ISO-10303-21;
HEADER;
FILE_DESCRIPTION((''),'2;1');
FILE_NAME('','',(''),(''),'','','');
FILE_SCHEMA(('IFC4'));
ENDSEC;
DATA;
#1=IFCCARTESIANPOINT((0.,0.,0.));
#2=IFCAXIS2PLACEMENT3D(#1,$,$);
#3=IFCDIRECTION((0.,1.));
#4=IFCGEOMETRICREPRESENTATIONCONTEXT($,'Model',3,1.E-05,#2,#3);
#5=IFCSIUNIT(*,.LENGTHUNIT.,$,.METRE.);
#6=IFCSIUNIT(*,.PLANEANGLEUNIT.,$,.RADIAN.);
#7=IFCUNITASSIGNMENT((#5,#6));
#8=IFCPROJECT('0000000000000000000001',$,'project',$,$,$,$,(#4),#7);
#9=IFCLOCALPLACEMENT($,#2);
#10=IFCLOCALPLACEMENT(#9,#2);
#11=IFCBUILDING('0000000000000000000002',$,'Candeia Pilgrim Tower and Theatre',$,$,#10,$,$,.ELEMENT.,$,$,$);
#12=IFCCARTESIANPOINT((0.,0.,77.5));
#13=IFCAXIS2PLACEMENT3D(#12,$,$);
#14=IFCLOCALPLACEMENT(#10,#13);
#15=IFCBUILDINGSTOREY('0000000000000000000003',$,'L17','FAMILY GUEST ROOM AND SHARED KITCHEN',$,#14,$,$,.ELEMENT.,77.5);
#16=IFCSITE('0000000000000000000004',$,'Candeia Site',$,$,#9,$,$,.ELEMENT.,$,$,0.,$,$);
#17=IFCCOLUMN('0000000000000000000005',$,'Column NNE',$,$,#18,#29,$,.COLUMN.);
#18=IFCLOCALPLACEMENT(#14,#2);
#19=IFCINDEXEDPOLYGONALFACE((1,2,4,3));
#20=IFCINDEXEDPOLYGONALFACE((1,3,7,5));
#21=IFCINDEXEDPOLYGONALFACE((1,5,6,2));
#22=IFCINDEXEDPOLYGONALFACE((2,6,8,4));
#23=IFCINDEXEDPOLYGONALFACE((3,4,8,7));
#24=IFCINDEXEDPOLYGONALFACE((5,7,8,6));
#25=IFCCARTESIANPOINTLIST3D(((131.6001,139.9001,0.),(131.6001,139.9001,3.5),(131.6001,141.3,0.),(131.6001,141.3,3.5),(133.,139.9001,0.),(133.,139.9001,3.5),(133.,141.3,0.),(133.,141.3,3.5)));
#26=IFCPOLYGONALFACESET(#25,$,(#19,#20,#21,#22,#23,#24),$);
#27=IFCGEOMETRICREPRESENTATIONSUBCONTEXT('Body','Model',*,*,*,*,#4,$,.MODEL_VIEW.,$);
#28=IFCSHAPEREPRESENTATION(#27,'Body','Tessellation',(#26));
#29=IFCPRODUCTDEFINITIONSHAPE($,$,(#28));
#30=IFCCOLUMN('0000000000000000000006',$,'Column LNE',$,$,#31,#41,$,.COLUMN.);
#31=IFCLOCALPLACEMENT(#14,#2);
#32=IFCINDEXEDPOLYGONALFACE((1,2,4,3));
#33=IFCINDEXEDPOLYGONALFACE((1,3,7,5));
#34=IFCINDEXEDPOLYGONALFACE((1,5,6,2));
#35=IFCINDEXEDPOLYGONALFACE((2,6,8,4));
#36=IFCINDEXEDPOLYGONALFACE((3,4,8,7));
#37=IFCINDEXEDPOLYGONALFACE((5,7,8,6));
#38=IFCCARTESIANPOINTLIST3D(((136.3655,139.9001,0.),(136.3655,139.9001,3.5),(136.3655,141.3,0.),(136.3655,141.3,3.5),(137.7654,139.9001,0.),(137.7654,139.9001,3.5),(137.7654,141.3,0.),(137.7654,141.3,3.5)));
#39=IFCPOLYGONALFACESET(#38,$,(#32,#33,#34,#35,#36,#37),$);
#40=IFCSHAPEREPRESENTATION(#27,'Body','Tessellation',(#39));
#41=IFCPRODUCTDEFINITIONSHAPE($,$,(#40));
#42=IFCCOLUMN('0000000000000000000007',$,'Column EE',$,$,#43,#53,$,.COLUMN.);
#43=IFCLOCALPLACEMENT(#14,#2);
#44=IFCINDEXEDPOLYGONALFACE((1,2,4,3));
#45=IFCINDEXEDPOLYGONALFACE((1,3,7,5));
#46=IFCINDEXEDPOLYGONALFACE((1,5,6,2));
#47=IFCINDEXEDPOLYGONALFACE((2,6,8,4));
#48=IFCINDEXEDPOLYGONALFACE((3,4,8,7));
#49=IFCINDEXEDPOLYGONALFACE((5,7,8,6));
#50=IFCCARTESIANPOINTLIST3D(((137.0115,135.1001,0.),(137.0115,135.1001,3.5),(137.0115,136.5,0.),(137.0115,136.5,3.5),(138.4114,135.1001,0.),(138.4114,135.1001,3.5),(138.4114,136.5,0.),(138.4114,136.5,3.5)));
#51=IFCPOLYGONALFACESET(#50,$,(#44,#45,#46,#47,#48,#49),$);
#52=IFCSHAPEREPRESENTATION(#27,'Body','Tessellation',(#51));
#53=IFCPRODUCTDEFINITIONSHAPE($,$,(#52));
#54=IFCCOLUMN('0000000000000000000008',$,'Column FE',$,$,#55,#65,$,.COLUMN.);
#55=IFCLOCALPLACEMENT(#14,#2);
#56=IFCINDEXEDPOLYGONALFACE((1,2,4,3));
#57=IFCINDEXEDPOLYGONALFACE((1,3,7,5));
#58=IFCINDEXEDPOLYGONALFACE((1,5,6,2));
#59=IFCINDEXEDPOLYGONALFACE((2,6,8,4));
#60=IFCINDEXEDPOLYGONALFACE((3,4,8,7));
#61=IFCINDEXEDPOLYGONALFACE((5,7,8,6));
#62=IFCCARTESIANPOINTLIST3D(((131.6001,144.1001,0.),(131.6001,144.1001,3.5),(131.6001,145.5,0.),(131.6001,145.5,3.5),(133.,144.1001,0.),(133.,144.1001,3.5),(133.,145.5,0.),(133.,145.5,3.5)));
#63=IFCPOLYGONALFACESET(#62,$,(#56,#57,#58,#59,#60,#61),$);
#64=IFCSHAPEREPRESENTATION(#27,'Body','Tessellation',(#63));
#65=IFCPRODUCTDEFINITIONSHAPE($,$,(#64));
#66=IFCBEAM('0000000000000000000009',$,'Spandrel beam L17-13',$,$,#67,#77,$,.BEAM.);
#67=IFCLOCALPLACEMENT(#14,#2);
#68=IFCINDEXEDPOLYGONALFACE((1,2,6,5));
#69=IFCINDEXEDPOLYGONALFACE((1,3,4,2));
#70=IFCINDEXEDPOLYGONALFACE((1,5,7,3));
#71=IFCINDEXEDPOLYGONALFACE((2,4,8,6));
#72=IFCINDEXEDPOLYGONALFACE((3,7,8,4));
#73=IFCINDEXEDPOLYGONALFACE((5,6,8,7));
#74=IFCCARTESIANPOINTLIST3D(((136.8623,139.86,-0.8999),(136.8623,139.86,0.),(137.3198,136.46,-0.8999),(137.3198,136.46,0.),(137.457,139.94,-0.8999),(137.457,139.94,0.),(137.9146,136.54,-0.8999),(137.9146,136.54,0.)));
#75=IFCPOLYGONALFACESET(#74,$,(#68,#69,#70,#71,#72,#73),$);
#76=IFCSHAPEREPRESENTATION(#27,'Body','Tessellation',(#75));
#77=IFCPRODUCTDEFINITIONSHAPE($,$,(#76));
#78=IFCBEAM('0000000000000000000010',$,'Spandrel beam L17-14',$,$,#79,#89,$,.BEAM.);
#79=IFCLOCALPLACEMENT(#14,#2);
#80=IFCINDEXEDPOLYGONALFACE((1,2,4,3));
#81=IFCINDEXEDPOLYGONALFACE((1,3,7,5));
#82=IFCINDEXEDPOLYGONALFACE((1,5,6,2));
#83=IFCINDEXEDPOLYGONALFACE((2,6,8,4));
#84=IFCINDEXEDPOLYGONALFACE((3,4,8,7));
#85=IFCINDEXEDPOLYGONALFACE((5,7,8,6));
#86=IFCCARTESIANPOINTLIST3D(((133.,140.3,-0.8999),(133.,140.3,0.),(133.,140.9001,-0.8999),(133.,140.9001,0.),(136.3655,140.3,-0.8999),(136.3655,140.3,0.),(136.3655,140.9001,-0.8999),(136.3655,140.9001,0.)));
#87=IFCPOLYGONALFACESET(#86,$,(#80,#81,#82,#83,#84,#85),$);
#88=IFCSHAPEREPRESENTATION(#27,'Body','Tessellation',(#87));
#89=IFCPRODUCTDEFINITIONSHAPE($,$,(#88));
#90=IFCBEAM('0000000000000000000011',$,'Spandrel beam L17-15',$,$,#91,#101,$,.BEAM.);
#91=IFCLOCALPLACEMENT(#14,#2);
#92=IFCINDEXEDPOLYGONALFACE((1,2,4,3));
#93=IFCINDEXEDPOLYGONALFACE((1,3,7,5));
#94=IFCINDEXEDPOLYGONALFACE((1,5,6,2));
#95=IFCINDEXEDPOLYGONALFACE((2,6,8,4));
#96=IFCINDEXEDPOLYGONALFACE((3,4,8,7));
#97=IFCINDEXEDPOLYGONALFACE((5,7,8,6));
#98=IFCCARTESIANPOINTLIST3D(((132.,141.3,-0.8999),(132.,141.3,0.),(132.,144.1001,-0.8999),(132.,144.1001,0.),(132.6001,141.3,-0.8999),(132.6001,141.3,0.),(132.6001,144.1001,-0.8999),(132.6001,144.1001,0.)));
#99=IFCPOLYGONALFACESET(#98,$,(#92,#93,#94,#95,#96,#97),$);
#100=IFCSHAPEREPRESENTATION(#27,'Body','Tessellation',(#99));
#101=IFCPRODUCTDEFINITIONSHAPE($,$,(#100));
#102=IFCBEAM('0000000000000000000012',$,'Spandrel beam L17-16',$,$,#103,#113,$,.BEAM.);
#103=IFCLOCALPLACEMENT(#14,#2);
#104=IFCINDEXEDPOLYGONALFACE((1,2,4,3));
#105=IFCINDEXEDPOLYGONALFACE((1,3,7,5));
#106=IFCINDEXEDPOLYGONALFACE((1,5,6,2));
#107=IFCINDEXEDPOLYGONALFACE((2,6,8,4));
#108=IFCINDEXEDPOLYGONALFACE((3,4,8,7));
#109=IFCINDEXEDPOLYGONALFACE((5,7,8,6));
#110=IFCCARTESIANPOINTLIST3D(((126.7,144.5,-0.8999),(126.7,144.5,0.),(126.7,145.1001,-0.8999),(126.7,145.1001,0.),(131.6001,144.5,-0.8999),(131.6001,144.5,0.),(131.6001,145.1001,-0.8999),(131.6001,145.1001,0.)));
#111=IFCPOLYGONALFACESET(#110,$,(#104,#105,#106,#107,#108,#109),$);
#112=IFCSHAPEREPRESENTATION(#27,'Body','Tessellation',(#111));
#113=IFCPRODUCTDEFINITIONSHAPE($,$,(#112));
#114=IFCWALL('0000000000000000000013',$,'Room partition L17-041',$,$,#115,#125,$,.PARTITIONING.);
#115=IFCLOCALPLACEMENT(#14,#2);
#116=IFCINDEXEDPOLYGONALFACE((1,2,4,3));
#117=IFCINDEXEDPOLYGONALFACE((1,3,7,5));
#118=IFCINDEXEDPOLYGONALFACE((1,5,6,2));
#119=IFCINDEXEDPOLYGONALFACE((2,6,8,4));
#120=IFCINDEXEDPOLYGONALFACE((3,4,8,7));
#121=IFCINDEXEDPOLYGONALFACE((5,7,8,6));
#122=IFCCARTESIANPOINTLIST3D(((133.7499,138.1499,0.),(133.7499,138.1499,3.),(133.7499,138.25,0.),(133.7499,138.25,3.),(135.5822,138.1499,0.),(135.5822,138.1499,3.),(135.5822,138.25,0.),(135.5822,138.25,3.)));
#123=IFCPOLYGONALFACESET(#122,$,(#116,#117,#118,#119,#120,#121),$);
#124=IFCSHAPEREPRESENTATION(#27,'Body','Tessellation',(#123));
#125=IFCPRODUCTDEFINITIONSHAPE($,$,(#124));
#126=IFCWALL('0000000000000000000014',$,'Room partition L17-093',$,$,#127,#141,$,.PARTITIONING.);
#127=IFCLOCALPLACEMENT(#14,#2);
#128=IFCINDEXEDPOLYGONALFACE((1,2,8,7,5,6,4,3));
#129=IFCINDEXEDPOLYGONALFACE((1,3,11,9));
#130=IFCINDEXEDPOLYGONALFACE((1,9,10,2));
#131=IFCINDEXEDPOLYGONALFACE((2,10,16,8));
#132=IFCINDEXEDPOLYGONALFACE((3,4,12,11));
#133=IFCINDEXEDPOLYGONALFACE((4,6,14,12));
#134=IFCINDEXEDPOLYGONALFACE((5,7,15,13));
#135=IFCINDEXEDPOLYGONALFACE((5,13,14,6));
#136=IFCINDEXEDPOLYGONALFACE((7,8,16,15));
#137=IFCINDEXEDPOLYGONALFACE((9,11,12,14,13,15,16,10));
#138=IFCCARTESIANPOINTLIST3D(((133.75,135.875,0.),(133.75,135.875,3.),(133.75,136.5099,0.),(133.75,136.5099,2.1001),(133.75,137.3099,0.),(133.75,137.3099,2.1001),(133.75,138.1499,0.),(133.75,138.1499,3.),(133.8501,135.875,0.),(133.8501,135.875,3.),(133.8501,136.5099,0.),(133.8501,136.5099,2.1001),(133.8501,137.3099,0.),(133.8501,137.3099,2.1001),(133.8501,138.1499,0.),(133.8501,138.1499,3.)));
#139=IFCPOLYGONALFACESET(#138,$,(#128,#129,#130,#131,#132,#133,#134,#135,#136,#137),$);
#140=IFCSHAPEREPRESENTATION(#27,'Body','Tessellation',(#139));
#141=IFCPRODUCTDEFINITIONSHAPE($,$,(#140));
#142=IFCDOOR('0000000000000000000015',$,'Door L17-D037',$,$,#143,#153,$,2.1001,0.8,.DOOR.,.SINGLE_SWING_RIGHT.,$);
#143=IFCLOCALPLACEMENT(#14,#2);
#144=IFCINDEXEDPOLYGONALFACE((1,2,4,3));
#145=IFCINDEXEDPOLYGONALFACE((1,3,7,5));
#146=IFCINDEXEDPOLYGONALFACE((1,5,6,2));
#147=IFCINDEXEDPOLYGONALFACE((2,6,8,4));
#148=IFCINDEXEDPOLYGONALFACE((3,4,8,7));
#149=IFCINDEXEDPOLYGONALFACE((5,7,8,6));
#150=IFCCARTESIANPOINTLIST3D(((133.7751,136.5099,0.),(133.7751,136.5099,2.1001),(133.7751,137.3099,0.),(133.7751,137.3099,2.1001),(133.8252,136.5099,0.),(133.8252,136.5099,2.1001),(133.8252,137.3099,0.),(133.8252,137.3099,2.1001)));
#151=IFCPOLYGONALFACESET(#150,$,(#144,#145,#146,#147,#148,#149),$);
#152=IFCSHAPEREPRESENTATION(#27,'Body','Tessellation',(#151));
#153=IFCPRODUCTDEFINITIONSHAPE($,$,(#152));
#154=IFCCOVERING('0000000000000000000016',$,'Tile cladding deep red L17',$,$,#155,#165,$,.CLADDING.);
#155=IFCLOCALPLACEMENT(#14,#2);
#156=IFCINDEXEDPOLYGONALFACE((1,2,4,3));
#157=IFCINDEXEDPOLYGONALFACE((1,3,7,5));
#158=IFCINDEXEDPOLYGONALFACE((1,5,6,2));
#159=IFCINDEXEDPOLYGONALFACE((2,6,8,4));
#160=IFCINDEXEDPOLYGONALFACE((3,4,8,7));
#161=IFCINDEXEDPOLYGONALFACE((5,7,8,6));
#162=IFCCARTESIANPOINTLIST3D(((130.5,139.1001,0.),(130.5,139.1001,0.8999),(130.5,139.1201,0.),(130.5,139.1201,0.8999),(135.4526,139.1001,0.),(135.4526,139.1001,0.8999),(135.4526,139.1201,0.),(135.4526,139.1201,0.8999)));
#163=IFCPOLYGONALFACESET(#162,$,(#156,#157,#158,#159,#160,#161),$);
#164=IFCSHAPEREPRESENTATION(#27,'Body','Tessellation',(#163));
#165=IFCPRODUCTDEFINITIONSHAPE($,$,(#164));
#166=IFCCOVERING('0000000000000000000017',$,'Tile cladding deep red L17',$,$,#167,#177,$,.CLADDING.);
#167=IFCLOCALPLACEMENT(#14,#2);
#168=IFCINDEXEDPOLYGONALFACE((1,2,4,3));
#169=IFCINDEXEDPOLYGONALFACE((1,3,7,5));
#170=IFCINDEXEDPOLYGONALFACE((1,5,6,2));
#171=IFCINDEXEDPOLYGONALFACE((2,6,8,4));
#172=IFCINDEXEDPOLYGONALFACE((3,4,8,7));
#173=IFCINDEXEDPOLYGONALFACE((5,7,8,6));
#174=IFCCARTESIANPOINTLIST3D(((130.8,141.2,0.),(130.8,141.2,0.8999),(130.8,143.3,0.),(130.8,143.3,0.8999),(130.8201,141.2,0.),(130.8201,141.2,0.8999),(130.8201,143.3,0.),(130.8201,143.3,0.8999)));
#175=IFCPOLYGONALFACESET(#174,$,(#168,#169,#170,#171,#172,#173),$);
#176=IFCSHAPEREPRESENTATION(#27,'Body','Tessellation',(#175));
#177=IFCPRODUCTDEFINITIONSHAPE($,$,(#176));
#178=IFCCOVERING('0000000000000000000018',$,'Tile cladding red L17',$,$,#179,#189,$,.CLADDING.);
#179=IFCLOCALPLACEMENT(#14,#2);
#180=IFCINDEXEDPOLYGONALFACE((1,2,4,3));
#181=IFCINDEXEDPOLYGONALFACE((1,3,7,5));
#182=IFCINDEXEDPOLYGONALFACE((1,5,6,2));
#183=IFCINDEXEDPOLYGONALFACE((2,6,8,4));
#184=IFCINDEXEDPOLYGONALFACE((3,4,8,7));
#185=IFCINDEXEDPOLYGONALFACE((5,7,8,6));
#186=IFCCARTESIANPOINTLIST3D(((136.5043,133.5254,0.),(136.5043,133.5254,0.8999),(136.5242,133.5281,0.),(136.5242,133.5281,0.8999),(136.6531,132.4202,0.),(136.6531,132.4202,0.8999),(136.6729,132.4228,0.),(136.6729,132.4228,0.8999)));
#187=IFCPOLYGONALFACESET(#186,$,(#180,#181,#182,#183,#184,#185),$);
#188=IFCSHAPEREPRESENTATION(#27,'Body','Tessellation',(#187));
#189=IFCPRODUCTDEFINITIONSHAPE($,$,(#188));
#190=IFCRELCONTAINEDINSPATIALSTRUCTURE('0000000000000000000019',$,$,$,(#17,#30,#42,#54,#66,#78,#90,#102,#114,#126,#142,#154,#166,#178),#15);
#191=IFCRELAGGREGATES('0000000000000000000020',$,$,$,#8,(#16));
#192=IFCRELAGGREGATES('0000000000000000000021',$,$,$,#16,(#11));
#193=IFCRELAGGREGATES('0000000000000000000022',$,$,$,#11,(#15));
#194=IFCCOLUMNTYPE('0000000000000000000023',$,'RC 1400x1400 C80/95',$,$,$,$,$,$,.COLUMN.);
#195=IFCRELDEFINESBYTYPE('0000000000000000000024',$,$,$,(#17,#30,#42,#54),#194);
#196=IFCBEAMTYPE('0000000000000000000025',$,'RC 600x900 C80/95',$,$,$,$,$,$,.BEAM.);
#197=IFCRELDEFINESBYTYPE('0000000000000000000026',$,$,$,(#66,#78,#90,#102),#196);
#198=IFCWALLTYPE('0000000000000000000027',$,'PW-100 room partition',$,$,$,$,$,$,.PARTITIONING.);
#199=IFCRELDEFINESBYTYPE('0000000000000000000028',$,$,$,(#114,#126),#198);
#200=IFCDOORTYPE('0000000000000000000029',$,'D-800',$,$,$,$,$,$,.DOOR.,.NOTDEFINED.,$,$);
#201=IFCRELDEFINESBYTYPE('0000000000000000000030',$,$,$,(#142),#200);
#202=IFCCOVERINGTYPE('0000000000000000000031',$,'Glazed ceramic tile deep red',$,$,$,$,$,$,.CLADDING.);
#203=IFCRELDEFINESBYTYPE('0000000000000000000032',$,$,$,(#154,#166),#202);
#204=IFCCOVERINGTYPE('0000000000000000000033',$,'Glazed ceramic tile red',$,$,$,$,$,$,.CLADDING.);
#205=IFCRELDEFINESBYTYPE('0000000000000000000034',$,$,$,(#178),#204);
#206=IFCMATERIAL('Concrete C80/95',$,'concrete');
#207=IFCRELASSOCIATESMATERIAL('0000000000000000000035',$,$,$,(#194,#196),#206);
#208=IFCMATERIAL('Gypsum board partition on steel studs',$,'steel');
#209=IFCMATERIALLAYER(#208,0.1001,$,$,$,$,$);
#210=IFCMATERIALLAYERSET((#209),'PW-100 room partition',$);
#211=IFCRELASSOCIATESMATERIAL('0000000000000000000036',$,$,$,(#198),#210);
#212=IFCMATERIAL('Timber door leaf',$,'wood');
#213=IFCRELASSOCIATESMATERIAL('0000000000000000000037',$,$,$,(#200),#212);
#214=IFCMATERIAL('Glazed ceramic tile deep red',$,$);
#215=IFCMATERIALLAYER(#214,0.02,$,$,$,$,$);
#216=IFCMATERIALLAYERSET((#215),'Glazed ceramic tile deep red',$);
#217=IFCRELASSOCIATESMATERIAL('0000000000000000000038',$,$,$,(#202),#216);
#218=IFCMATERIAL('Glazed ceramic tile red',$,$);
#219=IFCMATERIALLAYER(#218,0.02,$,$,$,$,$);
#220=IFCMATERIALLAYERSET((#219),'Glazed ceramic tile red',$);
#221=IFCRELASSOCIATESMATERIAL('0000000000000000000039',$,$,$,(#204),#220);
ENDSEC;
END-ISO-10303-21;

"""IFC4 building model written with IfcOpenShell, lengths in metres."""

from ifc_helpers import new_model, si_unit, direction, frame, frame_2d, origin, origin_2d, place, context, subcontext, project, spatial, rectangle, extrude, material, layer, layer_set, material_profile, profile_set, type_object, element, fill, save


model = new_model("IFC4")

# Units and contexts
model_context = context("Model", 3, precision=1e-05, world=origin(), true_north=direction((0.0, 1.0)))
body_context = subcontext(model_context, "Body", "Model", "MODEL_VIEW")
ifc_project = project(units=[si_unit("LENGTHUNIT", "METRE"), si_unit("PLANEANGLEUNIT", "RADIAN")], contexts=[model_context])

# Site, building, storey
site_placement = place(None, origin())
site = spatial("IfcSite", under=ifc_project, at=site_placement, Name="Candeia Site", CompositionType="ELEMENT", RefElevation=0.0)
building_placement = place(site_placement, origin())
building = spatial("IfcBuilding", under=site, at=building_placement, Name="Candeia Pilgrim Tower and Theatre", CompositionType="ELEMENT")
storey_placement = place(building_placement, frame((0.0, 0.0, 77.5)))
storey = spatial("IfcBuildingStorey", under=building, at=storey_placement, Name="L17", Description="FAMILY GUEST ROOM AND SHARED KITCHEN", CompositionType="ELEMENT", Elevation=77.5)

# Columns
ifc_material_1 = material(Name="Concrete C80/95", Category="concrete")
ifc_material_profile_1 = material_profile(ifc_material_1, rectangle(XDim=1.3999, YDim=1.3999, at=origin_2d()))
ifc_profile_set_1 = profile_set([ifc_material_profile_1], Name="Concrete C80/95")
column_type = type_object("IfcColumnType", Name="RC 1400x1400 C80/95", PredefinedType="COLUMN", material=ifc_profile_set_1)
for number, where, z_axis, x_axis, name in (
    (1, (132.3, 140.6001, 0.0), (0.0, 0.0, 1.0), (1.0, 0.0, 0.0), "Column NNE"),
    (2, (137.0654, 140.6001, 0.0), (0.0, 0.0, 1.0), (1.0, 0.0, 0.0), "Column LNE"),
    (3, (137.7114, 135.8, 0.0), (0.0, 0.0, 1.0), (1.0, 0.0, 0.0), "Column EE"),
    (4, (132.3, 144.8, 0.0), (0.0, 0.0, 1.0), (1.0, 0.0, 0.0), "Column FE"),
):
    element("IfcColumn", number, at=place(storey_placement, frame(where, z_axis=z_axis, x_axis=x_axis)), inside=storey, type_object=column_type, Name=name, PredefinedType="COLUMN", context=body_context, shape_type="SweptSolid", body=[
        extrude(rectangle(XDim=1.3999, YDim=1.3999, at=origin_2d()), origin(), (0.0, 0.0, 1.0), 3.5),
    ])

# Beams
ifc_material_profile_2 = material_profile(ifc_material_1, rectangle(XDim=0.6001, YDim=0.8999, at=origin_2d()))
ifc_profile_set_2 = profile_set([ifc_material_profile_2], Name="Concrete C80/95")
beam_type = type_object("IfcBeamType", Name="RC 600x900 C80/95", PredefinedType="BEAM", material=ifc_profile_set_2)
beam_1_placement = place(storey_placement, frame((137.6172, 136.5, -0.45), z_axis=(-0.133366, 0.991067, 0.0), x_axis=(-0.991067, -0.133366, 0.0)))
element("IfcBeam", 5, at=beam_1_placement, inside=storey, type_object=beam_type, Name="Spandrel beam L17-13", PredefinedType="BEAM", context=body_context, shape_type="SweptSolid", body=[
    extrude(rectangle(XDim=0.6001, YDim=0.8999, at=origin_2d()), origin(), (0.0, 0.0, 1.0), 3.4307),
])
beam_2_placement = place(storey_placement, frame((136.3655, 140.6001, -0.45), z_axis=(-1.0, 0.0, 0.0), x_axis=(0.0, -1.0, 0.0)))
element("IfcBeam", 6, at=beam_2_placement, inside=storey, type_object=beam_type, Name="Spandrel beam L17-14", PredefinedType="BEAM", context=body_context, shape_type="SweptSolid", body=[
    extrude(rectangle(XDim=0.6001, YDim=0.8999, at=origin_2d()), origin(), (0.0, 0.0, 1.0), 3.3655),
])
beam_3_placement = place(storey_placement, frame((132.3, 141.3, -0.45), z_axis=(0.0, 1.0, 0.0), x_axis=(-1.0, 0.0, 0.0)))
element("IfcBeam", 7, at=beam_3_placement, inside=storey, type_object=beam_type, Name="Spandrel beam L17-15", PredefinedType="BEAM", context=body_context, shape_type="SweptSolid", body=[
    extrude(rectangle(XDim=0.6001, YDim=0.8999, at=origin_2d()), origin(), (0.0, 0.0, 1.0), 2.8),
])
beam_4_placement = place(storey_placement, frame((131.6001, 144.8, -0.45), z_axis=(-1.0, 0.0, 0.0), x_axis=(0.0, -1.0, 0.0)))
element("IfcBeam", 8, at=beam_4_placement, inside=storey, type_object=beam_type, Name="Spandrel beam L17-16", PredefinedType="BEAM", context=body_context, shape_type="SweptSolid", body=[
    extrude(rectangle(XDim=0.6001, YDim=0.8999, at=origin_2d()), origin(), (0.0, 0.0, 1.0), 4.9001),
])

# Wall
ifc_material_2 = material(Name="Gypsum board partition on steel studs", Category="steel")
ifc_layer_1 = layer(ifc_material_2, 0.1001)
ifc_layer_set_1 = layer_set([ifc_layer_1], Name="PW-100 room partition")
wall_type_1 = type_object("IfcWallType", Name="PW-100 room partition", PredefinedType="PARTITIONING", material=ifc_layer_set_1)
wall_1_placement = place(storey_placement, frame((133.75, 138.2, 0.0), z_axis=(0.0, 0.0, 1.0), x_axis=(1.0, 0.0, 0.0)))
element("IfcWall", 9, at=wall_1_placement, inside=storey, type_object=wall_type_1, Name="Room partition L17-041", PredefinedType="PARTITIONING", context=body_context, shape_type="SweptSolid", body=[
    extrude(rectangle(XDim=1.8323, YDim=0.1001, at=frame_2d((0.916, 0.0))), origin(), (0.0, 0.0, 1.0), 3.0),
])

# Wall, opening, door
wall_2_placement = place(storey_placement, frame((133.8, 135.875, 0.0), z_axis=(0.0, 0.0, 1.0), x_axis=(0.0, 1.0, 0.0)))
wall_2 = element("IfcWall", 10, at=wall_2_placement, inside=storey, type_object=wall_type_1, Name="Room partition L17-093", PredefinedType="PARTITIONING", context=body_context, shape_type="SweptSolid", body=[
    extrude(rectangle(XDim=2.2749, YDim=0.1001, at=frame_2d((1.1375, 0.0))), origin(), (0.0, 0.0, 1.0), 3.0),
])
opening_1_placement = place(wall_2_placement, frame((0.635, 0.0, 0.0)))
opening_1 = element("IfcOpeningElement", 11, at=opening_1_placement, cuts=wall_2, PredefinedType="OPENING", context=body_context, shape_type="SweptSolid", body=[
    extrude(rectangle(XDim=0.8, YDim=2.1001, at=frame_2d((0.3999, 1.05))), frame((0.0, 0.0601, 0.0), z_axis=(0.0, -1.0, 0.0), x_axis=(1.0, 0.0, 0.0)), (0.0, 0.0, 1.0), 0.1201),
])
ifc_material_3 = material(Name="Timber door leaf", Category="wood")
door_type_1 = type_object("IfcDoorType", Name="D-800", OperationType="NOTDEFINED", PredefinedType="DOOR", material=ifc_material_3)
door_1_placement = place(opening_1_placement, origin())
door_1 = element("IfcDoor", 12, at=door_1_placement, inside=storey, type_object=door_type_1, Name="Door L17-D037", OperationType="SINGLE_SWING_RIGHT", OverallHeight=2.1001, OverallWidth=0.8, PredefinedType="DOOR", context=body_context, shape_type="SweptSolid", body=[
    extrude(rectangle(XDim=0.8, YDim=2.1001, at=frame_2d((0.3999, 1.05))), frame((0.0, 0.0249, 0.0), z_axis=(0.0, -1.0, 0.0), x_axis=(1.0, 0.0, 0.0)), (0.0, 0.0, 1.0), 0.05),
])
fill(opening_1, door_1)

# Coverings
ifc_material_4 = material(Name="Glazed ceramic tile deep red")
ifc_layer_2 = layer(ifc_material_4, 0.02)
ifc_layer_set_2 = layer_set([ifc_layer_2], Name="Glazed ceramic tile deep red")
covering_type_1 = type_object("IfcCoveringType", Name="Glazed ceramic tile deep red", PredefinedType="CLADDING", material=ifc_layer_set_2)
covering_1_placement = place(storey_placement, frame((132.9763, 139.1101, 0.0), z_axis=(0.0, 0.0, 1.0), x_axis=(-1.0, 0.0, 0.0)))
element("IfcCovering", 13, at=covering_1_placement, inside=storey, type_object=covering_type_1, Name="Tile cladding deep red L17", PredefinedType="CLADDING", context=body_context, shape_type="SweptSolid", body=[
    extrude(rectangle(XDim=4.9526, YDim=0.02, at=origin_2d()), origin(), (0.0, 0.0, 1.0), 0.8999),
])
covering_2_placement = place(storey_placement, frame((130.8101, 142.25, 0.0), z_axis=(0.0, 0.0, 1.0), x_axis=(0.0, 1.0, 0.0)))
element("IfcCovering", 14, at=covering_2_placement, inside=storey, type_object=covering_type_1, Name="Tile cladding deep red L17", PredefinedType="CLADDING", context=body_context, shape_type="SweptSolid", body=[
    extrude(rectangle(XDim=2.1001, YDim=0.02, at=origin_2d()), origin(), (0.0, 0.0, 1.0), 0.8999),
])
ifc_material_5 = material(Name="Glazed ceramic tile red")
ifc_layer_3 = layer(ifc_material_5, 0.02)
ifc_layer_set_3 = layer_set([ifc_layer_3], Name="Glazed ceramic tile red")
covering_type_2 = type_object("IfcCoveringType", Name="Glazed ceramic tile red", PredefinedType="CLADDING", material=ifc_layer_set_3)
covering_3_placement = place(storey_placement, frame((136.5886, 132.9741, 0.0), z_axis=(0.0, 0.0, 1.0), x_axis=(-0.133412, 0.991061, 0.0)))
element("IfcCovering", 15, at=covering_3_placement, inside=storey, type_object=covering_type_2, Name="Tile cladding red L17", PredefinedType="CLADDING", context=body_context, shape_type="SweptSolid", body=[
    extrude(rectangle(XDim=1.1152, YDim=0.02, at=origin_2d()), origin(), (0.0, 0.0, 1.0), 0.8999),
])

save(model, "model.ifc")
